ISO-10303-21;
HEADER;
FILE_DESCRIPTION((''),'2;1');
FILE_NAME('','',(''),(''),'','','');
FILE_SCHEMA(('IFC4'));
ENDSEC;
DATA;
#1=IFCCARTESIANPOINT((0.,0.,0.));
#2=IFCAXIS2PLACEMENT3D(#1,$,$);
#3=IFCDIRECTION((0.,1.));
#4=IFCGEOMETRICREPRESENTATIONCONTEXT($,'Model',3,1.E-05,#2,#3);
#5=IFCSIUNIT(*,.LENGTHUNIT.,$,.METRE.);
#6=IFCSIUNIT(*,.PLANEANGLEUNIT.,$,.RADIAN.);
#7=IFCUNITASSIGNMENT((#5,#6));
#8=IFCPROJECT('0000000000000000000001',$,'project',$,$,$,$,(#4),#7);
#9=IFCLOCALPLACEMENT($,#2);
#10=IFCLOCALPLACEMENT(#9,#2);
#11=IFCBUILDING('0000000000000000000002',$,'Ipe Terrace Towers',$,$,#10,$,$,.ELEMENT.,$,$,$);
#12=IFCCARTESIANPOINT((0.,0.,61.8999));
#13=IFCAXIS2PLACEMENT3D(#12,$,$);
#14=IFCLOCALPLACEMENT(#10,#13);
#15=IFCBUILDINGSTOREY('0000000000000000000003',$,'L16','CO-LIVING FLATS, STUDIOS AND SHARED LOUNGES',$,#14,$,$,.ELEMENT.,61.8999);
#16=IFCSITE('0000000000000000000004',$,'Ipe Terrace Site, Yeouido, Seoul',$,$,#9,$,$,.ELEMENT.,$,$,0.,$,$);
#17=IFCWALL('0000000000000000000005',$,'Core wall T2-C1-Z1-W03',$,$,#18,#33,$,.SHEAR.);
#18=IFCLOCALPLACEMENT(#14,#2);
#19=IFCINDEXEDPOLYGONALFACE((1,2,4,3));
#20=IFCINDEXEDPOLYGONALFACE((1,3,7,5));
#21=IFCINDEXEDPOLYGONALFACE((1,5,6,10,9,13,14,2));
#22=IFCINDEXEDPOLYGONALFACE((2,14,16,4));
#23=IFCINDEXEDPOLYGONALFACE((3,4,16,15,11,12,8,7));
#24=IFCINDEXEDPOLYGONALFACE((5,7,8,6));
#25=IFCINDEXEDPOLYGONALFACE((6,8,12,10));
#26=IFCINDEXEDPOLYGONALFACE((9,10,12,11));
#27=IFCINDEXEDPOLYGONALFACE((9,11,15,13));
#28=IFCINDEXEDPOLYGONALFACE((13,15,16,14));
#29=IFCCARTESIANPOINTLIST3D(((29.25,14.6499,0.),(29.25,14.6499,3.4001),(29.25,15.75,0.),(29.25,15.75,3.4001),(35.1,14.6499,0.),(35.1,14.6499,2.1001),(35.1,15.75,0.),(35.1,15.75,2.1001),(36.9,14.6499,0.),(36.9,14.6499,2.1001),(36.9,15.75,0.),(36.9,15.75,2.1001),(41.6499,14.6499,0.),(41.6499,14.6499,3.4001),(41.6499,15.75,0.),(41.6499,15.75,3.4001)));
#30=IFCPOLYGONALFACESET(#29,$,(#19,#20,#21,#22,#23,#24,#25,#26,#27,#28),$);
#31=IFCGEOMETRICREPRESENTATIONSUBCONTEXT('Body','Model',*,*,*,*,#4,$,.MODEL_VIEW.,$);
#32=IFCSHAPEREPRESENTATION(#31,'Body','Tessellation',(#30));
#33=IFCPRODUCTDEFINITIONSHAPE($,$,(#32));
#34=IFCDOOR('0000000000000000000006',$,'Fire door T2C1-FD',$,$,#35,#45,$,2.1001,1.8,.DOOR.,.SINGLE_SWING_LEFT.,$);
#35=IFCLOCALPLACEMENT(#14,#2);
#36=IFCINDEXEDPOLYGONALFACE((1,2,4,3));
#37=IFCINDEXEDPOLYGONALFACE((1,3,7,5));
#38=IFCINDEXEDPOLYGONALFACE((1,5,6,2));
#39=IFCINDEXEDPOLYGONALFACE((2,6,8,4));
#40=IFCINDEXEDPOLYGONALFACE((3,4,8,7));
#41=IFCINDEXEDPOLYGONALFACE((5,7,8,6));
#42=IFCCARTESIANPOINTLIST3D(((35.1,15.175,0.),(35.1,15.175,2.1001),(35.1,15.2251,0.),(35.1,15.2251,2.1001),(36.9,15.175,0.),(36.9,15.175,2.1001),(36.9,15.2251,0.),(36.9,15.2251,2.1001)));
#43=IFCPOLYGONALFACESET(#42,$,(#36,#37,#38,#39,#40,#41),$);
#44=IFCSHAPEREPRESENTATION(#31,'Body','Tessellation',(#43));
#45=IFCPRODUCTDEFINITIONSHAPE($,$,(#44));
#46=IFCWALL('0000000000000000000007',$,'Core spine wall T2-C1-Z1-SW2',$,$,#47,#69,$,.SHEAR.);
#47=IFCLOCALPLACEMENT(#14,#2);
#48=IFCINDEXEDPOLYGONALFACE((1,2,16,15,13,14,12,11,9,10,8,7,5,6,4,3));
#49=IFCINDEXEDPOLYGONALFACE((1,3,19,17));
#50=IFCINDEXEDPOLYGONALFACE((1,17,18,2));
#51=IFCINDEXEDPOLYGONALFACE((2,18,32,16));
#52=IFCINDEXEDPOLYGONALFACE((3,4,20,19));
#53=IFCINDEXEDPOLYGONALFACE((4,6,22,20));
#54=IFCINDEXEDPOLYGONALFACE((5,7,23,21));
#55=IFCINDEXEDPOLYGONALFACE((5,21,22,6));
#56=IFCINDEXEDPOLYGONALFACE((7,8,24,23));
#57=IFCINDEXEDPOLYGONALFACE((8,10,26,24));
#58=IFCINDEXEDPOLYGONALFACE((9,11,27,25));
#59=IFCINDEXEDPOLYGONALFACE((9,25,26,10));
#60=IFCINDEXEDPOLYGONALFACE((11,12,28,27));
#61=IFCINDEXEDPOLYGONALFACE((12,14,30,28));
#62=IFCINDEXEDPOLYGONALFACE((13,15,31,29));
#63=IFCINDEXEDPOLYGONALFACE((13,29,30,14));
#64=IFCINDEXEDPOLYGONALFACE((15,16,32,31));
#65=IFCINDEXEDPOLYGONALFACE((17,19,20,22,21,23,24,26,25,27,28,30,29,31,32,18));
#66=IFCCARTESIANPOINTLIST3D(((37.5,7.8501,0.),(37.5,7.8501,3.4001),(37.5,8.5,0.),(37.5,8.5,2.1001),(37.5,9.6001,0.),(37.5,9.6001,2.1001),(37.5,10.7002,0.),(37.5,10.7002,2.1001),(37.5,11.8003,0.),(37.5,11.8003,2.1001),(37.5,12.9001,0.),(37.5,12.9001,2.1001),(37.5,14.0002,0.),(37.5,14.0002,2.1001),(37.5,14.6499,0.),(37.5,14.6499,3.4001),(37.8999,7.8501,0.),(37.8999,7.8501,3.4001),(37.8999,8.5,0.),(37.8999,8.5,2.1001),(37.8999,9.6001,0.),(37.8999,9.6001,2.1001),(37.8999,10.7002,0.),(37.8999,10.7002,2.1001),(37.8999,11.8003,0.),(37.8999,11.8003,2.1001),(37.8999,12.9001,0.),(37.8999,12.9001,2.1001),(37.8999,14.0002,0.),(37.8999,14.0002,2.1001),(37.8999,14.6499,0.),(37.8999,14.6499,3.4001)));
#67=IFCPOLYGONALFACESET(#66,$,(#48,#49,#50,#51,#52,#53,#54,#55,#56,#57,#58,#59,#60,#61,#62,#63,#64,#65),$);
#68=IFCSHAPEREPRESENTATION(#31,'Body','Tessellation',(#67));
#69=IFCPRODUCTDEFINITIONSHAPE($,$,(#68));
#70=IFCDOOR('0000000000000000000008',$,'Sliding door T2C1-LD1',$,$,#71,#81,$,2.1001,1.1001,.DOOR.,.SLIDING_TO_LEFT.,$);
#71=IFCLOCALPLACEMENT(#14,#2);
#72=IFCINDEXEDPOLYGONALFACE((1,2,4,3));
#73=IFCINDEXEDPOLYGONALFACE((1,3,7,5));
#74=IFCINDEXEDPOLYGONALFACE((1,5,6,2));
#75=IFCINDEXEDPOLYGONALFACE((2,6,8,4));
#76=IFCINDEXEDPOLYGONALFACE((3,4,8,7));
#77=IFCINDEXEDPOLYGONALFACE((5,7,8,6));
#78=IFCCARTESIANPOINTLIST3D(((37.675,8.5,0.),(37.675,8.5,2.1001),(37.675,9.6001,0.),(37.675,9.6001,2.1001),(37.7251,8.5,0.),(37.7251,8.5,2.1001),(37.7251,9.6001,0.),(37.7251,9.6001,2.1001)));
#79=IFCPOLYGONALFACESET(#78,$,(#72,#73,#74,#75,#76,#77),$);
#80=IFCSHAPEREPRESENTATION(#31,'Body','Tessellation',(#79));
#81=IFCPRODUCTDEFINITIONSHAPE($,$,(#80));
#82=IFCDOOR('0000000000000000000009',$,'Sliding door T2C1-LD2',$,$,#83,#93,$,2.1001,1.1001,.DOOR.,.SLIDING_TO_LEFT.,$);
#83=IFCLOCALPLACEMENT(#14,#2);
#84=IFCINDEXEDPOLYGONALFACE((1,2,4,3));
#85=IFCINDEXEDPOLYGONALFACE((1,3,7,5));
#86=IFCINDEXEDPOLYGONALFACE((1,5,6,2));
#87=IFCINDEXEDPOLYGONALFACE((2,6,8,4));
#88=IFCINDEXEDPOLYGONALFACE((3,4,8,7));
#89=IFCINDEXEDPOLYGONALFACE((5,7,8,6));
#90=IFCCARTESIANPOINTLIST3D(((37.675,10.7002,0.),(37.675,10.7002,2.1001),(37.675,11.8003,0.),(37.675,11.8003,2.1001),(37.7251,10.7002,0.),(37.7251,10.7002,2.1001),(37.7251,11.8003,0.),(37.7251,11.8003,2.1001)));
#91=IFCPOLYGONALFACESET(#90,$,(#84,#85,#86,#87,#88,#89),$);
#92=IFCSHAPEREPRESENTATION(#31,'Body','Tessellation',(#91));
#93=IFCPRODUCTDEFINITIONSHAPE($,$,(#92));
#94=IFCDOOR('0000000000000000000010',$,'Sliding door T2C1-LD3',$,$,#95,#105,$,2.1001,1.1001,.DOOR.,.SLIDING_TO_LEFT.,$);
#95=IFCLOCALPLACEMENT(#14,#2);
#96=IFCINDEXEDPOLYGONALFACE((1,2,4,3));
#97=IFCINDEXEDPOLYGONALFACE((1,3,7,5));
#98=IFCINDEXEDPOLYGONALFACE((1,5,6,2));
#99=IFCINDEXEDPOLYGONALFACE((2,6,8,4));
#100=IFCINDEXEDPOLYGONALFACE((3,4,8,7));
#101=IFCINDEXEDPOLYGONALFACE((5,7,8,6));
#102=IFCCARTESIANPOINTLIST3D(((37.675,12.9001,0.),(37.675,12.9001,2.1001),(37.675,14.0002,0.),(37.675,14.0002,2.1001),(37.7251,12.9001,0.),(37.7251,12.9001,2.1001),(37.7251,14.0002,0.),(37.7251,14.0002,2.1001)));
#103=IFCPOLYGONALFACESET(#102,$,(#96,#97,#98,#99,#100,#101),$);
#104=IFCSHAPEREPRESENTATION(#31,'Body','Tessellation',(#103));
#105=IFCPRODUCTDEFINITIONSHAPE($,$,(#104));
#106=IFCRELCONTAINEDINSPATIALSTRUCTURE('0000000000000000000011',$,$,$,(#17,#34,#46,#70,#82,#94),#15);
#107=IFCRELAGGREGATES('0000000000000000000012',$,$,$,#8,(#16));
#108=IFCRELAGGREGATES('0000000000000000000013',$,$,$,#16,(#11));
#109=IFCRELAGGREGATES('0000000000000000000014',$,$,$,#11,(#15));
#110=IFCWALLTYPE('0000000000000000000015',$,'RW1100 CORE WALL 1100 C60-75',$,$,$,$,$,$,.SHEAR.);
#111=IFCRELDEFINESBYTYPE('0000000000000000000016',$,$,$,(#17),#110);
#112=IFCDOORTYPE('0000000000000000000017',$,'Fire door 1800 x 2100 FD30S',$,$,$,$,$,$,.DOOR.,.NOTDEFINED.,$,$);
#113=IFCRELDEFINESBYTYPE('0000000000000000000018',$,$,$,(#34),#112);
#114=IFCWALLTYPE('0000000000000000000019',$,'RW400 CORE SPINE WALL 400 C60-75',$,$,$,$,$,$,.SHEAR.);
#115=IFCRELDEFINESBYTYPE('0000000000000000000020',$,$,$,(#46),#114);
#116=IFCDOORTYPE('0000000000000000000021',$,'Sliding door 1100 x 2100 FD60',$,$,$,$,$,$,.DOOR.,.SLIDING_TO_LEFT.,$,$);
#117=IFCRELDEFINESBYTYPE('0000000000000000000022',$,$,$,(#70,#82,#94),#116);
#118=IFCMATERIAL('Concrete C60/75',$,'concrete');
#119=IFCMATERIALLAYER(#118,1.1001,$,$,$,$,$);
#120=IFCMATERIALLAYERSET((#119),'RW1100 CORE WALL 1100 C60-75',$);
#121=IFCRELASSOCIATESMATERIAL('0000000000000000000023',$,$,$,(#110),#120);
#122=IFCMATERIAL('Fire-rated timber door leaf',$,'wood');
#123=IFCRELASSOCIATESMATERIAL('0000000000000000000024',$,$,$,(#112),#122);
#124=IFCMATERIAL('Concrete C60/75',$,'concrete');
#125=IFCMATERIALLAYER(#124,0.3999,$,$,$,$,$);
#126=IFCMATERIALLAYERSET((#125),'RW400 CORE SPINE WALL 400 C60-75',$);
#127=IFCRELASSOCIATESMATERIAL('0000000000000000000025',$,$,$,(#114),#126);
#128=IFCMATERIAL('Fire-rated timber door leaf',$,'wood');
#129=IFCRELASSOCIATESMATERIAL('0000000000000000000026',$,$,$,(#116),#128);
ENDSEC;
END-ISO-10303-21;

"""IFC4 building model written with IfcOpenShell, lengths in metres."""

from ifc_helpers import new_model, si_unit, direction, frame, frame_2d, origin, place, context, subcontext, project, spatial, rectangle, extrude, material, layer, layer_set, type_object, element, fill, save


model = new_model("IFC4")

# Units and contexts
model_context = context("Model", 3, precision=1e-05, world=origin(), true_north=direction((0.0, 1.0)))
body_context = subcontext(model_context, "Body", "Model", "MODEL_VIEW")
ifc_project = project(units=[si_unit("LENGTHUNIT", "METRE"), si_unit("PLANEANGLEUNIT", "RADIAN")], contexts=[model_context])

# Site, building, storey
site_placement = place(None, origin())
site = spatial("IfcSite", under=ifc_project, at=site_placement, Name="Ipe Terrace Site, Yeouido, Seoul", CompositionType="ELEMENT", RefElevation=0.0)
building_placement = place(site_placement, origin())
building = spatial("IfcBuilding", under=site, at=building_placement, Name="Ipe Terrace Towers", CompositionType="ELEMENT")
storey_placement = place(building_placement, frame((0.0, 0.0, 61.8999)))
storey = spatial("IfcBuildingStorey", under=building, at=storey_placement, Name="L16", Description="CO-LIVING FLATS, STUDIOS AND SHARED LOUNGES", CompositionType="ELEMENT", Elevation=61.8999)

# Shared definitions
ifc_material_1 = material(Name="Concrete C60/75", Category="concrete")
ifc_layer_1 = layer(ifc_material_1, 1.1001)
ifc_layer_set_1 = layer_set([ifc_layer_1], Name="RW1100 CORE WALL 1100 C60-75")
wall_type_1 = type_object("IfcWallType", Name="RW1100 CORE WALL 1100 C60-75", PredefinedType="SHEAR", material=ifc_layer_set_1)

# Wall, opening, door
wall_1_placement = place(storey_placement, frame((41.6499, 15.2, 0.0), z_axis=(0.0, 0.0, 1.0), x_axis=(-1.0, 0.0, 0.0)))
wall_1 = element("IfcWall", 1, at=wall_1_placement, inside=storey, type_object=wall_type_1, Name="Core wall T2-C1-Z1-W03", PredefinedType="SHEAR", context=body_context, shape_type="SweptSolid", body=[
    extrude(rectangle(XDim=12.3999, YDim=1.1001, at=frame_2d((6.2, 0.0))), origin(), (0.0, 0.0, 1.0), 3.4001),
])
opening_1_placement = place(wall_1_placement, frame((4.75, 0.0, 0.0)))
opening_1 = element("IfcOpeningElement", 2, at=opening_1_placement, cuts=wall_1, PredefinedType="OPENING", context=body_context, shape_type="SweptSolid", body=[
    extrude(rectangle(XDim=1.8, YDim=2.1001, at=frame_2d((0.8999, 1.05))), frame((0.0, 0.5601, 0.0), z_axis=(0.0, -1.0, 0.0), x_axis=(1.0, 0.0, 0.0)), (0.0, 0.0, 1.0), 1.1201),
])
ifc_material_2 = material(Name="Fire-rated timber door leaf", Category="wood")
door_type_1 = type_object("IfcDoorType", Name="Fire door 1800 x 2100 FD30S", OperationType="NOTDEFINED", PredefinedType="DOOR", material=ifc_material_2)
door_1_placement = place(opening_1_placement, origin())
door_1 = element("IfcDoor", 3, at=door_1_placement, inside=storey, type_object=door_type_1, Name="Fire door T2C1-FD", OperationType="SINGLE_SWING_LEFT", OverallHeight=2.1001, OverallWidth=1.8, PredefinedType="DOOR", context=body_context, shape_type="SweptSolid", body=[
    extrude(rectangle(XDim=1.8, YDim=2.1001, at=frame_2d((0.8999, 1.05))), frame((0.0, 0.0249, 0.0), z_axis=(0.0, -1.0, 0.0), x_axis=(1.0, 0.0, 0.0)), (0.0, 0.0, 1.0), 0.05),
])
fill(opening_1, door_1)

# Wall, openings, doors
ifc_material_3 = material(Name="Concrete C60/75", Category="concrete")
ifc_layer_2 = layer(ifc_material_3, 0.3999)
ifc_layer_set_2 = layer_set([ifc_layer_2], Name="RW400 CORE SPINE WALL 400 C60-75")
wall_type_2 = type_object("IfcWallType", Name="RW400 CORE SPINE WALL 400 C60-75", PredefinedType="SHEAR", material=ifc_layer_set_2)
wall_2_placement = place(storey_placement, frame((37.7, 7.8501, 0.0), z_axis=(0.0, 0.0, 1.0), x_axis=(0.0, 1.0, 0.0)))
wall_2 = element("IfcWall", 4, at=wall_2_placement, inside=storey, type_object=wall_type_2, Name="Core spine wall T2-C1-Z1-SW2", PredefinedType="SHEAR", context=body_context, shape_type="SweptSolid", body=[
    extrude(rectangle(XDim=6.7998, YDim=0.3999, at=frame_2d((3.3999, 0.0))), origin(), (0.0, 0.0, 1.0), 3.4001),
])
opening_2_placement = place(wall_2_placement, frame((0.6499, 0.0, 0.0)))
opening_2 = element("IfcOpeningElement", 5, at=opening_2_placement, cuts=wall_2, PredefinedType="OPENING", context=body_context, shape_type="SweptSolid", body=[
    extrude(rectangle(XDim=1.1001, YDim=2.1001, at=frame_2d((0.55, 1.05))), frame((0.0, 0.21, 0.0), z_axis=(0.0, -1.0, 0.0), x_axis=(1.0, 0.0, 0.0)), (0.0, 0.0, 1.0), 0.4199),
])
opening_3_placement = place(wall_2_placement, frame((2.8501, 0.0, 0.0)))
opening_3 = element("IfcOpeningElement", 6, at=opening_3_placement, cuts=wall_2, PredefinedType="OPENING", context=body_context, shape_type="SweptSolid", body=[
    extrude(rectangle(XDim=1.1001, YDim=2.1001, at=frame_2d((0.55, 1.05))), frame((0.0, 0.21, 0.0), z_axis=(0.0, -1.0, 0.0), x_axis=(1.0, 0.0, 0.0)), (0.0, 0.0, 1.0), 0.4199),
])
opening_4_placement = place(wall_2_placement, frame((5.05, 0.0, 0.0)))
opening_4 = element("IfcOpeningElement", 7, at=opening_4_placement, cuts=wall_2, PredefinedType="OPENING", context=body_context, shape_type="SweptSolid", body=[
    extrude(rectangle(XDim=1.1001, YDim=2.1001, at=frame_2d((0.55, 1.05))), frame((0.0, 0.21, 0.0), z_axis=(0.0, -1.0, 0.0), x_axis=(1.0, 0.0, 0.0)), (0.0, 0.0, 1.0), 0.4199),
])
ifc_material_4 = material(Name="Fire-rated timber door leaf", Category="wood")
door_type_2 = type_object("IfcDoorType", Name="Sliding door 1100 x 2100 FD60", OperationType="SLIDING_TO_LEFT", PredefinedType="DOOR", material=ifc_material_4)
door_2_placement = place(opening_2_placement, origin())
door_2 = element("IfcDoor", 8, at=door_2_placement, inside=storey, type_object=door_type_2, Name="Sliding door T2C1-LD1", OperationType="SLIDING_TO_LEFT", OverallHeight=2.1001, OverallWidth=1.1001, PredefinedType="DOOR", context=body_context, shape_type="SweptSolid", body=[
    extrude(rectangle(XDim=1.1001, YDim=2.1001, at=frame_2d((0.55, 1.05))), frame((0.0, 0.0249, 0.0), z_axis=(0.0, -1.0, 0.0), x_axis=(1.0, 0.0, 0.0)), (0.0, 0.0, 1.0), 0.05),
])
fill(opening_2, door_2)
door_3_placement = place(opening_3_placement, origin())
door_3 = element("IfcDoor", 9, at=door_3_placement, inside=storey, type_object=door_type_2, Name="Sliding door T2C1-LD2", OperationType="SLIDING_TO_LEFT", OverallHeight=2.1001, OverallWidth=1.1001, PredefinedType="DOOR", context=body_context, shape_type="SweptSolid", body=[
    extrude(rectangle(XDim=1.1001, YDim=2.1001, at=frame_2d((0.55, 1.05))), frame((0.0, 0.0249, 0.0), z_axis=(0.0, -1.0, 0.0), x_axis=(1.0, 0.0, 0.0)), (0.0, 0.0, 1.0), 0.05),
])
fill(opening_3, door_3)
door_4_placement = place(opening_4_placement, origin())
door_4 = element("IfcDoor", 10, at=door_4_placement, inside=storey, type_object=door_type_2, Name="Sliding door T2C1-LD3", OperationType="SLIDING_TO_LEFT", OverallHeight=2.1001, OverallWidth=1.1001, PredefinedType="DOOR", context=body_context, shape_type="SweptSolid", body=[
    extrude(rectangle(XDim=1.1001, YDim=2.1001, at=frame_2d((0.55, 1.05))), frame((0.0, 0.0249, 0.0), z_axis=(0.0, -1.0, 0.0), x_axis=(1.0, 0.0, 0.0)), (0.0, 0.0, 1.0), 0.05),
])
fill(opening_4, door_4)

save(model, "model.ifc")
